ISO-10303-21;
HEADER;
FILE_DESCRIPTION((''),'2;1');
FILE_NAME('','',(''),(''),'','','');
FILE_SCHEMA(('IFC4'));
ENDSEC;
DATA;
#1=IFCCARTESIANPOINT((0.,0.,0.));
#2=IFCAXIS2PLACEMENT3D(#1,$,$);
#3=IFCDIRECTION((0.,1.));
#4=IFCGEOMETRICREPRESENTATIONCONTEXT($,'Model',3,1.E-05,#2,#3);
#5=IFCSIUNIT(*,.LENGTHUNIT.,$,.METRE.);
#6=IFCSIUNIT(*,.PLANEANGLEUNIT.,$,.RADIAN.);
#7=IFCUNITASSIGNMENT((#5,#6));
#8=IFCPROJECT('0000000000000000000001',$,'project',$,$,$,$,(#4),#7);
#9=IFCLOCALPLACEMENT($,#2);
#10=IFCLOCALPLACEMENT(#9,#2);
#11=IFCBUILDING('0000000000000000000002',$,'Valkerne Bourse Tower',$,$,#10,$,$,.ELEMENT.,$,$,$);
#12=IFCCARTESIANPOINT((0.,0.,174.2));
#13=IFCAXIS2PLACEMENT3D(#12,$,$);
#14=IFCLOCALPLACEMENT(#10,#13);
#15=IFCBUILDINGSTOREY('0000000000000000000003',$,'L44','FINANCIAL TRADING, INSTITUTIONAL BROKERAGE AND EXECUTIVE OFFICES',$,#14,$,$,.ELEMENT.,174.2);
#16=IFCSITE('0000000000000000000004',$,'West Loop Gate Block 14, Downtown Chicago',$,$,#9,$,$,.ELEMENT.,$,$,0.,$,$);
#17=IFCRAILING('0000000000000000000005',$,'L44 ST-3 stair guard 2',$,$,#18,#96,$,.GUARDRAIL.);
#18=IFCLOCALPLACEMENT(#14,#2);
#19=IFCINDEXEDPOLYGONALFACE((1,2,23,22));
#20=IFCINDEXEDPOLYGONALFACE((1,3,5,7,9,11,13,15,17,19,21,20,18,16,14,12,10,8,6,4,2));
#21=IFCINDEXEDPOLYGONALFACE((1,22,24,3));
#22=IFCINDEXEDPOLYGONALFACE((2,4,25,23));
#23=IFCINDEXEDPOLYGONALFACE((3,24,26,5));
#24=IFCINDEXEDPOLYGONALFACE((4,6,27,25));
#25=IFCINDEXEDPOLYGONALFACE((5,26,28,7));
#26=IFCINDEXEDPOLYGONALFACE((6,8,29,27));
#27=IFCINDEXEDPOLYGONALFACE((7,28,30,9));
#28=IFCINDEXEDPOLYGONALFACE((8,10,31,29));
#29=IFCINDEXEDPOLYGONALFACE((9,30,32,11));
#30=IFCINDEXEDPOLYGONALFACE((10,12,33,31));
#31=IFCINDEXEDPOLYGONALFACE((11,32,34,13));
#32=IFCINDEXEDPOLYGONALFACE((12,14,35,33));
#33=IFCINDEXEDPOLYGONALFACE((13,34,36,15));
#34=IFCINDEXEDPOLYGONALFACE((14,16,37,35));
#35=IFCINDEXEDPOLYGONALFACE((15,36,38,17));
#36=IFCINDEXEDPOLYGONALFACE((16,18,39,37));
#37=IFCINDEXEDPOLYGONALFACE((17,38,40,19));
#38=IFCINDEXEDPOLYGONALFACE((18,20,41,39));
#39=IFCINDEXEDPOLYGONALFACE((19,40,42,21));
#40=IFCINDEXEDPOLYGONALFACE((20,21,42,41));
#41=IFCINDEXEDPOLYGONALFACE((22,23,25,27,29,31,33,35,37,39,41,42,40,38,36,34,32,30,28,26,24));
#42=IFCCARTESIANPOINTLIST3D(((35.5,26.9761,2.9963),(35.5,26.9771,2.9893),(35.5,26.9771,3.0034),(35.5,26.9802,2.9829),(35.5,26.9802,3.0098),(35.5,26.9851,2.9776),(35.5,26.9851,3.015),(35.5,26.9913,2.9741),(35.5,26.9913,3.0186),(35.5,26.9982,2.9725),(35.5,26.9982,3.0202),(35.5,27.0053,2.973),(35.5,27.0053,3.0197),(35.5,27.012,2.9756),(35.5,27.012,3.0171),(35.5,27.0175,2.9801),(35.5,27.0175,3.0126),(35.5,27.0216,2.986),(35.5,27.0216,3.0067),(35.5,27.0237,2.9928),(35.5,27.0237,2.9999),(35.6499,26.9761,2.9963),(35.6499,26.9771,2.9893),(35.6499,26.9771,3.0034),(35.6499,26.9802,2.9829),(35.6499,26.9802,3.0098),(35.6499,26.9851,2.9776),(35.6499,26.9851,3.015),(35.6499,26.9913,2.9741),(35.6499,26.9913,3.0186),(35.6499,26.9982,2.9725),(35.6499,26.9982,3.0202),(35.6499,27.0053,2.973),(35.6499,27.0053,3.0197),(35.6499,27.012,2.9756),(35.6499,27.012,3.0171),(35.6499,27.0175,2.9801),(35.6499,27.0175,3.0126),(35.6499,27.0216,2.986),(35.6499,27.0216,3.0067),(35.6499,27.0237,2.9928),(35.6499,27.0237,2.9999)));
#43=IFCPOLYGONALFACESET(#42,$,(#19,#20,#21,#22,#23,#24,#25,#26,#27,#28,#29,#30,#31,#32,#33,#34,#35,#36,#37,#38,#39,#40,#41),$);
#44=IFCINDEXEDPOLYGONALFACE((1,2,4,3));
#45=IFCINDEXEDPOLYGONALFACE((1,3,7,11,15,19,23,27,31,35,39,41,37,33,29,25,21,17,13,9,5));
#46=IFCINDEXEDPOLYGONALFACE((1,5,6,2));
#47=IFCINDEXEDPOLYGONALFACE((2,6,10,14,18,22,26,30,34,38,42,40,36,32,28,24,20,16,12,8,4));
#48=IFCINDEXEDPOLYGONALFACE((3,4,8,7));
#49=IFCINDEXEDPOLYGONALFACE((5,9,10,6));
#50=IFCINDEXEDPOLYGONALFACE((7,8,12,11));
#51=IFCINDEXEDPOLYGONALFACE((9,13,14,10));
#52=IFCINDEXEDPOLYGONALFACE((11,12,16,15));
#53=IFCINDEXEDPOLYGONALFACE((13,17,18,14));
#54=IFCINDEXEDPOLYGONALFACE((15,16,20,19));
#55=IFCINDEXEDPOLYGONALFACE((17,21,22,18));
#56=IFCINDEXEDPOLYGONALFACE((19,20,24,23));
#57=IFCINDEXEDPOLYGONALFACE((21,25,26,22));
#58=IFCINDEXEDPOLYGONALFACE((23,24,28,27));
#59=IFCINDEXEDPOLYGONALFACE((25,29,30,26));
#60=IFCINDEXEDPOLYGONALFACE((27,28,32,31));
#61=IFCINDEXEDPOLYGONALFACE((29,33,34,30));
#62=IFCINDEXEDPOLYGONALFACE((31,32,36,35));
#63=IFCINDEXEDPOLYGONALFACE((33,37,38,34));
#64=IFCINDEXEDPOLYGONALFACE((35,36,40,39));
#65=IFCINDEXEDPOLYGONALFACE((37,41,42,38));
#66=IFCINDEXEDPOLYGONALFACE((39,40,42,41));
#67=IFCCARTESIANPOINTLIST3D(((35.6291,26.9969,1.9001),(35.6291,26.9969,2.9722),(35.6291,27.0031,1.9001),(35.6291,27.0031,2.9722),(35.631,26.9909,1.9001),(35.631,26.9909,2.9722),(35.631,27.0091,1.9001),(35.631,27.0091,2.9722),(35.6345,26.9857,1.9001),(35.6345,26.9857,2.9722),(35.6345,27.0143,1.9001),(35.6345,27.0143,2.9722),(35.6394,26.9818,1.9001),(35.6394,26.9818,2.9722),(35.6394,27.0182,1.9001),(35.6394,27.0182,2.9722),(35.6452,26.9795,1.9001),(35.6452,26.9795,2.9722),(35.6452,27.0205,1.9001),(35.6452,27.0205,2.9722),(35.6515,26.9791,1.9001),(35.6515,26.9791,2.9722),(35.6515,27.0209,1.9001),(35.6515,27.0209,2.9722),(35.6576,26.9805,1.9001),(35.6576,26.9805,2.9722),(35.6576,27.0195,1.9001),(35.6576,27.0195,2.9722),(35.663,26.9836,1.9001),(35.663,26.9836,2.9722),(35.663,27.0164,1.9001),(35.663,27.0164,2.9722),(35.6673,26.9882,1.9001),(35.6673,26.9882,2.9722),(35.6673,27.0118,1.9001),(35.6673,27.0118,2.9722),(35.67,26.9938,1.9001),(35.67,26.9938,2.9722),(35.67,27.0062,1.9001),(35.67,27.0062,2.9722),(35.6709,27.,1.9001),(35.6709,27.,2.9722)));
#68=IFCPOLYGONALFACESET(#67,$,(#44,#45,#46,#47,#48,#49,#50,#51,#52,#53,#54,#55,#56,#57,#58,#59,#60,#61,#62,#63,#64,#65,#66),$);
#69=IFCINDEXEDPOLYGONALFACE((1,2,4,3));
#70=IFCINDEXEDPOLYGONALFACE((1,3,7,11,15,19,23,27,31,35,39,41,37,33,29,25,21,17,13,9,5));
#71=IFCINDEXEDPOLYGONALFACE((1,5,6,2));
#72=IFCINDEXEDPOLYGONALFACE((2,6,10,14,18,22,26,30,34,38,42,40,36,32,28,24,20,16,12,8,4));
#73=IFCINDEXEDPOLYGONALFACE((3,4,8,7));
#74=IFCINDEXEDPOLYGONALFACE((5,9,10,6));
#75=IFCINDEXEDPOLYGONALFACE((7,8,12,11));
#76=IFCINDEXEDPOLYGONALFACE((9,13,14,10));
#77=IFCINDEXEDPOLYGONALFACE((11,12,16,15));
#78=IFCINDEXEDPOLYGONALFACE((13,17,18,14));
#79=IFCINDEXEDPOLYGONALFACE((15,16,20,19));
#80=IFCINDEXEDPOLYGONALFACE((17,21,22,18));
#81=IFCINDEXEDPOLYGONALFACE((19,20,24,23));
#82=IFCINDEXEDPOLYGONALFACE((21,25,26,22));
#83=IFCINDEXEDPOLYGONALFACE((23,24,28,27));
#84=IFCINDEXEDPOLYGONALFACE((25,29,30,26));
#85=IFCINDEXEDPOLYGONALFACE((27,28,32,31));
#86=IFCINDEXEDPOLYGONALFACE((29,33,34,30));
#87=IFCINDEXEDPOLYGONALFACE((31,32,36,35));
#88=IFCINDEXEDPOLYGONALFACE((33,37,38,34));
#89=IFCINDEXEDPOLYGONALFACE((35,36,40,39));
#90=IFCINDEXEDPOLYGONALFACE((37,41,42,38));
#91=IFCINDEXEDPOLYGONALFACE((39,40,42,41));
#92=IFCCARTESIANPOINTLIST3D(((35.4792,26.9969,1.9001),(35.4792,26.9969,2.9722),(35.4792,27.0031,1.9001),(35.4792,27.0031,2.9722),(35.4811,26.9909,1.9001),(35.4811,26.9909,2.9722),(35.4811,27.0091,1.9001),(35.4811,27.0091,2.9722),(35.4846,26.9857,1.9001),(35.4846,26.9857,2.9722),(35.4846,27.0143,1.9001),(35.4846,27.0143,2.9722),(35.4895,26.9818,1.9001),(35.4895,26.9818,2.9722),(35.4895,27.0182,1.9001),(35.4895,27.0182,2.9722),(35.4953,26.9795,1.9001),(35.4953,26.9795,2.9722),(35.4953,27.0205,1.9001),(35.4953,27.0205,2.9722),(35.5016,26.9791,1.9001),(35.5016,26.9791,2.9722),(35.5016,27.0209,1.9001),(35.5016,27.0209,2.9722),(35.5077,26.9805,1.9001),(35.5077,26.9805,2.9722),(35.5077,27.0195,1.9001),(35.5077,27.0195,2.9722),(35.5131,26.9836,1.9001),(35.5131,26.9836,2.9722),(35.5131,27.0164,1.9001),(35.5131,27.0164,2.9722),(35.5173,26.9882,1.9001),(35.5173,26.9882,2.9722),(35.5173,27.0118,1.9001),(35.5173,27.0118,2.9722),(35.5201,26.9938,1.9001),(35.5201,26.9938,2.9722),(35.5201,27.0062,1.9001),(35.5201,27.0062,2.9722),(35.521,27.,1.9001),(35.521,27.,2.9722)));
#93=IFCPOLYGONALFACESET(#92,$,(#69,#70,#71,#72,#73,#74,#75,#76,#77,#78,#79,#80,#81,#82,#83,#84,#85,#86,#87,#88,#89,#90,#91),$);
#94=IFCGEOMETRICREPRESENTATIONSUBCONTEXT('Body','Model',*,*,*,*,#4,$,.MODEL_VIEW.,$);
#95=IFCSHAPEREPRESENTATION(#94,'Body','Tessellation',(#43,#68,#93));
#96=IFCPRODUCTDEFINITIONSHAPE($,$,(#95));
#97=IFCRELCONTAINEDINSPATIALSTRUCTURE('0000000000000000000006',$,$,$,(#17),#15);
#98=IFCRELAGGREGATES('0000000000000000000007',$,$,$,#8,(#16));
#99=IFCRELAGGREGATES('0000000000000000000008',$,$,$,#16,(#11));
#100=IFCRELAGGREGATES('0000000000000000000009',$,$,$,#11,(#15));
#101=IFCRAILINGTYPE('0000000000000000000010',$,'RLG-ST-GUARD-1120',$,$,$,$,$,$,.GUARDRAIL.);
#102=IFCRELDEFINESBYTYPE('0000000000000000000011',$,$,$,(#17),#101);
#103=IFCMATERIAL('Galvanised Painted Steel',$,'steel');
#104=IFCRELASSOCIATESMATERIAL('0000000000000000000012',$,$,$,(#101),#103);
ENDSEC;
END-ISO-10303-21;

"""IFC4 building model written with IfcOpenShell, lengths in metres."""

from ifc_helpers import new_model, si_unit, direction, frame, origin, origin_2d, place, context, subcontext, project, spatial, circle, extrude, material, type_object, element, save


model = new_model("IFC4")

# Units and contexts
model_context = context("Model", 3, precision=1e-05, world=origin(), true_north=direction((0.0, 1.0)))
body_context = subcontext(model_context, "Body", "Model", "MODEL_VIEW")
ifc_project = project(units=[si_unit("LENGTHUNIT", "METRE"), si_unit("PLANEANGLEUNIT", "RADIAN")], contexts=[model_context])

# Site, building, storey
site_placement = place(None, origin())
site = spatial("IfcSite", under=ifc_project, at=site_placement, Name="West Loop Gate Block 14, Downtown Chicago", CompositionType="ELEMENT", RefElevation=0.0)
building_placement = place(site_placement, origin())
building = spatial("IfcBuilding", under=site, at=building_placement, Name="Valkerne Bourse Tower", CompositionType="ELEMENT")
storey_placement = place(building_placement, frame((0.0, 0.0, 174.2)))
storey = spatial("IfcBuildingStorey", under=building, at=storey_placement, Name="L44", Description="FINANCIAL TRADING, INSTITUTIONAL BROKERAGE AND EXECUTIVE OFFICES", CompositionType="ELEMENT", Elevation=174.2)

# Railing
ifc_material_1 = material(Name="Galvanised Painted Steel", Category="steel")
railing_type_1 = type_object("IfcRailingType", Name="RLG-ST-GUARD-1120", PredefinedType="GUARDRAIL", material=ifc_material_1)
railing_1_placement = place(storey_placement, frame((35.6499, 27.0, 1.9001)))
element("IfcRailing", 1, at=railing_1_placement, inside=storey, type_object=railing_type_1, Name="L44 ST-3 stair guard 2", PredefinedType="GUARDRAIL", context=body_context, shape_type="SweptSolid", body=[
    extrude(circle(Radius=0.0239, at=origin_2d()), frame((0.0, 0.0, 1.0962), z_axis=(-1.0, 0.0, 0.0), x_axis=(0.0, -1.0, 0.0)), (0.0, 0.0, 1.0), 0.1499),
    extrude(circle(Radius=0.021, at=origin_2d()), origin(), (0.0, 0.0, 1.0), 1.072),
    extrude(circle(Radius=0.021, at=origin_2d()), frame((-0.1499, 0.0, 0.0)), (0.0, 0.0, 1.0), 1.072),
])

save(model, "model.ifc")
